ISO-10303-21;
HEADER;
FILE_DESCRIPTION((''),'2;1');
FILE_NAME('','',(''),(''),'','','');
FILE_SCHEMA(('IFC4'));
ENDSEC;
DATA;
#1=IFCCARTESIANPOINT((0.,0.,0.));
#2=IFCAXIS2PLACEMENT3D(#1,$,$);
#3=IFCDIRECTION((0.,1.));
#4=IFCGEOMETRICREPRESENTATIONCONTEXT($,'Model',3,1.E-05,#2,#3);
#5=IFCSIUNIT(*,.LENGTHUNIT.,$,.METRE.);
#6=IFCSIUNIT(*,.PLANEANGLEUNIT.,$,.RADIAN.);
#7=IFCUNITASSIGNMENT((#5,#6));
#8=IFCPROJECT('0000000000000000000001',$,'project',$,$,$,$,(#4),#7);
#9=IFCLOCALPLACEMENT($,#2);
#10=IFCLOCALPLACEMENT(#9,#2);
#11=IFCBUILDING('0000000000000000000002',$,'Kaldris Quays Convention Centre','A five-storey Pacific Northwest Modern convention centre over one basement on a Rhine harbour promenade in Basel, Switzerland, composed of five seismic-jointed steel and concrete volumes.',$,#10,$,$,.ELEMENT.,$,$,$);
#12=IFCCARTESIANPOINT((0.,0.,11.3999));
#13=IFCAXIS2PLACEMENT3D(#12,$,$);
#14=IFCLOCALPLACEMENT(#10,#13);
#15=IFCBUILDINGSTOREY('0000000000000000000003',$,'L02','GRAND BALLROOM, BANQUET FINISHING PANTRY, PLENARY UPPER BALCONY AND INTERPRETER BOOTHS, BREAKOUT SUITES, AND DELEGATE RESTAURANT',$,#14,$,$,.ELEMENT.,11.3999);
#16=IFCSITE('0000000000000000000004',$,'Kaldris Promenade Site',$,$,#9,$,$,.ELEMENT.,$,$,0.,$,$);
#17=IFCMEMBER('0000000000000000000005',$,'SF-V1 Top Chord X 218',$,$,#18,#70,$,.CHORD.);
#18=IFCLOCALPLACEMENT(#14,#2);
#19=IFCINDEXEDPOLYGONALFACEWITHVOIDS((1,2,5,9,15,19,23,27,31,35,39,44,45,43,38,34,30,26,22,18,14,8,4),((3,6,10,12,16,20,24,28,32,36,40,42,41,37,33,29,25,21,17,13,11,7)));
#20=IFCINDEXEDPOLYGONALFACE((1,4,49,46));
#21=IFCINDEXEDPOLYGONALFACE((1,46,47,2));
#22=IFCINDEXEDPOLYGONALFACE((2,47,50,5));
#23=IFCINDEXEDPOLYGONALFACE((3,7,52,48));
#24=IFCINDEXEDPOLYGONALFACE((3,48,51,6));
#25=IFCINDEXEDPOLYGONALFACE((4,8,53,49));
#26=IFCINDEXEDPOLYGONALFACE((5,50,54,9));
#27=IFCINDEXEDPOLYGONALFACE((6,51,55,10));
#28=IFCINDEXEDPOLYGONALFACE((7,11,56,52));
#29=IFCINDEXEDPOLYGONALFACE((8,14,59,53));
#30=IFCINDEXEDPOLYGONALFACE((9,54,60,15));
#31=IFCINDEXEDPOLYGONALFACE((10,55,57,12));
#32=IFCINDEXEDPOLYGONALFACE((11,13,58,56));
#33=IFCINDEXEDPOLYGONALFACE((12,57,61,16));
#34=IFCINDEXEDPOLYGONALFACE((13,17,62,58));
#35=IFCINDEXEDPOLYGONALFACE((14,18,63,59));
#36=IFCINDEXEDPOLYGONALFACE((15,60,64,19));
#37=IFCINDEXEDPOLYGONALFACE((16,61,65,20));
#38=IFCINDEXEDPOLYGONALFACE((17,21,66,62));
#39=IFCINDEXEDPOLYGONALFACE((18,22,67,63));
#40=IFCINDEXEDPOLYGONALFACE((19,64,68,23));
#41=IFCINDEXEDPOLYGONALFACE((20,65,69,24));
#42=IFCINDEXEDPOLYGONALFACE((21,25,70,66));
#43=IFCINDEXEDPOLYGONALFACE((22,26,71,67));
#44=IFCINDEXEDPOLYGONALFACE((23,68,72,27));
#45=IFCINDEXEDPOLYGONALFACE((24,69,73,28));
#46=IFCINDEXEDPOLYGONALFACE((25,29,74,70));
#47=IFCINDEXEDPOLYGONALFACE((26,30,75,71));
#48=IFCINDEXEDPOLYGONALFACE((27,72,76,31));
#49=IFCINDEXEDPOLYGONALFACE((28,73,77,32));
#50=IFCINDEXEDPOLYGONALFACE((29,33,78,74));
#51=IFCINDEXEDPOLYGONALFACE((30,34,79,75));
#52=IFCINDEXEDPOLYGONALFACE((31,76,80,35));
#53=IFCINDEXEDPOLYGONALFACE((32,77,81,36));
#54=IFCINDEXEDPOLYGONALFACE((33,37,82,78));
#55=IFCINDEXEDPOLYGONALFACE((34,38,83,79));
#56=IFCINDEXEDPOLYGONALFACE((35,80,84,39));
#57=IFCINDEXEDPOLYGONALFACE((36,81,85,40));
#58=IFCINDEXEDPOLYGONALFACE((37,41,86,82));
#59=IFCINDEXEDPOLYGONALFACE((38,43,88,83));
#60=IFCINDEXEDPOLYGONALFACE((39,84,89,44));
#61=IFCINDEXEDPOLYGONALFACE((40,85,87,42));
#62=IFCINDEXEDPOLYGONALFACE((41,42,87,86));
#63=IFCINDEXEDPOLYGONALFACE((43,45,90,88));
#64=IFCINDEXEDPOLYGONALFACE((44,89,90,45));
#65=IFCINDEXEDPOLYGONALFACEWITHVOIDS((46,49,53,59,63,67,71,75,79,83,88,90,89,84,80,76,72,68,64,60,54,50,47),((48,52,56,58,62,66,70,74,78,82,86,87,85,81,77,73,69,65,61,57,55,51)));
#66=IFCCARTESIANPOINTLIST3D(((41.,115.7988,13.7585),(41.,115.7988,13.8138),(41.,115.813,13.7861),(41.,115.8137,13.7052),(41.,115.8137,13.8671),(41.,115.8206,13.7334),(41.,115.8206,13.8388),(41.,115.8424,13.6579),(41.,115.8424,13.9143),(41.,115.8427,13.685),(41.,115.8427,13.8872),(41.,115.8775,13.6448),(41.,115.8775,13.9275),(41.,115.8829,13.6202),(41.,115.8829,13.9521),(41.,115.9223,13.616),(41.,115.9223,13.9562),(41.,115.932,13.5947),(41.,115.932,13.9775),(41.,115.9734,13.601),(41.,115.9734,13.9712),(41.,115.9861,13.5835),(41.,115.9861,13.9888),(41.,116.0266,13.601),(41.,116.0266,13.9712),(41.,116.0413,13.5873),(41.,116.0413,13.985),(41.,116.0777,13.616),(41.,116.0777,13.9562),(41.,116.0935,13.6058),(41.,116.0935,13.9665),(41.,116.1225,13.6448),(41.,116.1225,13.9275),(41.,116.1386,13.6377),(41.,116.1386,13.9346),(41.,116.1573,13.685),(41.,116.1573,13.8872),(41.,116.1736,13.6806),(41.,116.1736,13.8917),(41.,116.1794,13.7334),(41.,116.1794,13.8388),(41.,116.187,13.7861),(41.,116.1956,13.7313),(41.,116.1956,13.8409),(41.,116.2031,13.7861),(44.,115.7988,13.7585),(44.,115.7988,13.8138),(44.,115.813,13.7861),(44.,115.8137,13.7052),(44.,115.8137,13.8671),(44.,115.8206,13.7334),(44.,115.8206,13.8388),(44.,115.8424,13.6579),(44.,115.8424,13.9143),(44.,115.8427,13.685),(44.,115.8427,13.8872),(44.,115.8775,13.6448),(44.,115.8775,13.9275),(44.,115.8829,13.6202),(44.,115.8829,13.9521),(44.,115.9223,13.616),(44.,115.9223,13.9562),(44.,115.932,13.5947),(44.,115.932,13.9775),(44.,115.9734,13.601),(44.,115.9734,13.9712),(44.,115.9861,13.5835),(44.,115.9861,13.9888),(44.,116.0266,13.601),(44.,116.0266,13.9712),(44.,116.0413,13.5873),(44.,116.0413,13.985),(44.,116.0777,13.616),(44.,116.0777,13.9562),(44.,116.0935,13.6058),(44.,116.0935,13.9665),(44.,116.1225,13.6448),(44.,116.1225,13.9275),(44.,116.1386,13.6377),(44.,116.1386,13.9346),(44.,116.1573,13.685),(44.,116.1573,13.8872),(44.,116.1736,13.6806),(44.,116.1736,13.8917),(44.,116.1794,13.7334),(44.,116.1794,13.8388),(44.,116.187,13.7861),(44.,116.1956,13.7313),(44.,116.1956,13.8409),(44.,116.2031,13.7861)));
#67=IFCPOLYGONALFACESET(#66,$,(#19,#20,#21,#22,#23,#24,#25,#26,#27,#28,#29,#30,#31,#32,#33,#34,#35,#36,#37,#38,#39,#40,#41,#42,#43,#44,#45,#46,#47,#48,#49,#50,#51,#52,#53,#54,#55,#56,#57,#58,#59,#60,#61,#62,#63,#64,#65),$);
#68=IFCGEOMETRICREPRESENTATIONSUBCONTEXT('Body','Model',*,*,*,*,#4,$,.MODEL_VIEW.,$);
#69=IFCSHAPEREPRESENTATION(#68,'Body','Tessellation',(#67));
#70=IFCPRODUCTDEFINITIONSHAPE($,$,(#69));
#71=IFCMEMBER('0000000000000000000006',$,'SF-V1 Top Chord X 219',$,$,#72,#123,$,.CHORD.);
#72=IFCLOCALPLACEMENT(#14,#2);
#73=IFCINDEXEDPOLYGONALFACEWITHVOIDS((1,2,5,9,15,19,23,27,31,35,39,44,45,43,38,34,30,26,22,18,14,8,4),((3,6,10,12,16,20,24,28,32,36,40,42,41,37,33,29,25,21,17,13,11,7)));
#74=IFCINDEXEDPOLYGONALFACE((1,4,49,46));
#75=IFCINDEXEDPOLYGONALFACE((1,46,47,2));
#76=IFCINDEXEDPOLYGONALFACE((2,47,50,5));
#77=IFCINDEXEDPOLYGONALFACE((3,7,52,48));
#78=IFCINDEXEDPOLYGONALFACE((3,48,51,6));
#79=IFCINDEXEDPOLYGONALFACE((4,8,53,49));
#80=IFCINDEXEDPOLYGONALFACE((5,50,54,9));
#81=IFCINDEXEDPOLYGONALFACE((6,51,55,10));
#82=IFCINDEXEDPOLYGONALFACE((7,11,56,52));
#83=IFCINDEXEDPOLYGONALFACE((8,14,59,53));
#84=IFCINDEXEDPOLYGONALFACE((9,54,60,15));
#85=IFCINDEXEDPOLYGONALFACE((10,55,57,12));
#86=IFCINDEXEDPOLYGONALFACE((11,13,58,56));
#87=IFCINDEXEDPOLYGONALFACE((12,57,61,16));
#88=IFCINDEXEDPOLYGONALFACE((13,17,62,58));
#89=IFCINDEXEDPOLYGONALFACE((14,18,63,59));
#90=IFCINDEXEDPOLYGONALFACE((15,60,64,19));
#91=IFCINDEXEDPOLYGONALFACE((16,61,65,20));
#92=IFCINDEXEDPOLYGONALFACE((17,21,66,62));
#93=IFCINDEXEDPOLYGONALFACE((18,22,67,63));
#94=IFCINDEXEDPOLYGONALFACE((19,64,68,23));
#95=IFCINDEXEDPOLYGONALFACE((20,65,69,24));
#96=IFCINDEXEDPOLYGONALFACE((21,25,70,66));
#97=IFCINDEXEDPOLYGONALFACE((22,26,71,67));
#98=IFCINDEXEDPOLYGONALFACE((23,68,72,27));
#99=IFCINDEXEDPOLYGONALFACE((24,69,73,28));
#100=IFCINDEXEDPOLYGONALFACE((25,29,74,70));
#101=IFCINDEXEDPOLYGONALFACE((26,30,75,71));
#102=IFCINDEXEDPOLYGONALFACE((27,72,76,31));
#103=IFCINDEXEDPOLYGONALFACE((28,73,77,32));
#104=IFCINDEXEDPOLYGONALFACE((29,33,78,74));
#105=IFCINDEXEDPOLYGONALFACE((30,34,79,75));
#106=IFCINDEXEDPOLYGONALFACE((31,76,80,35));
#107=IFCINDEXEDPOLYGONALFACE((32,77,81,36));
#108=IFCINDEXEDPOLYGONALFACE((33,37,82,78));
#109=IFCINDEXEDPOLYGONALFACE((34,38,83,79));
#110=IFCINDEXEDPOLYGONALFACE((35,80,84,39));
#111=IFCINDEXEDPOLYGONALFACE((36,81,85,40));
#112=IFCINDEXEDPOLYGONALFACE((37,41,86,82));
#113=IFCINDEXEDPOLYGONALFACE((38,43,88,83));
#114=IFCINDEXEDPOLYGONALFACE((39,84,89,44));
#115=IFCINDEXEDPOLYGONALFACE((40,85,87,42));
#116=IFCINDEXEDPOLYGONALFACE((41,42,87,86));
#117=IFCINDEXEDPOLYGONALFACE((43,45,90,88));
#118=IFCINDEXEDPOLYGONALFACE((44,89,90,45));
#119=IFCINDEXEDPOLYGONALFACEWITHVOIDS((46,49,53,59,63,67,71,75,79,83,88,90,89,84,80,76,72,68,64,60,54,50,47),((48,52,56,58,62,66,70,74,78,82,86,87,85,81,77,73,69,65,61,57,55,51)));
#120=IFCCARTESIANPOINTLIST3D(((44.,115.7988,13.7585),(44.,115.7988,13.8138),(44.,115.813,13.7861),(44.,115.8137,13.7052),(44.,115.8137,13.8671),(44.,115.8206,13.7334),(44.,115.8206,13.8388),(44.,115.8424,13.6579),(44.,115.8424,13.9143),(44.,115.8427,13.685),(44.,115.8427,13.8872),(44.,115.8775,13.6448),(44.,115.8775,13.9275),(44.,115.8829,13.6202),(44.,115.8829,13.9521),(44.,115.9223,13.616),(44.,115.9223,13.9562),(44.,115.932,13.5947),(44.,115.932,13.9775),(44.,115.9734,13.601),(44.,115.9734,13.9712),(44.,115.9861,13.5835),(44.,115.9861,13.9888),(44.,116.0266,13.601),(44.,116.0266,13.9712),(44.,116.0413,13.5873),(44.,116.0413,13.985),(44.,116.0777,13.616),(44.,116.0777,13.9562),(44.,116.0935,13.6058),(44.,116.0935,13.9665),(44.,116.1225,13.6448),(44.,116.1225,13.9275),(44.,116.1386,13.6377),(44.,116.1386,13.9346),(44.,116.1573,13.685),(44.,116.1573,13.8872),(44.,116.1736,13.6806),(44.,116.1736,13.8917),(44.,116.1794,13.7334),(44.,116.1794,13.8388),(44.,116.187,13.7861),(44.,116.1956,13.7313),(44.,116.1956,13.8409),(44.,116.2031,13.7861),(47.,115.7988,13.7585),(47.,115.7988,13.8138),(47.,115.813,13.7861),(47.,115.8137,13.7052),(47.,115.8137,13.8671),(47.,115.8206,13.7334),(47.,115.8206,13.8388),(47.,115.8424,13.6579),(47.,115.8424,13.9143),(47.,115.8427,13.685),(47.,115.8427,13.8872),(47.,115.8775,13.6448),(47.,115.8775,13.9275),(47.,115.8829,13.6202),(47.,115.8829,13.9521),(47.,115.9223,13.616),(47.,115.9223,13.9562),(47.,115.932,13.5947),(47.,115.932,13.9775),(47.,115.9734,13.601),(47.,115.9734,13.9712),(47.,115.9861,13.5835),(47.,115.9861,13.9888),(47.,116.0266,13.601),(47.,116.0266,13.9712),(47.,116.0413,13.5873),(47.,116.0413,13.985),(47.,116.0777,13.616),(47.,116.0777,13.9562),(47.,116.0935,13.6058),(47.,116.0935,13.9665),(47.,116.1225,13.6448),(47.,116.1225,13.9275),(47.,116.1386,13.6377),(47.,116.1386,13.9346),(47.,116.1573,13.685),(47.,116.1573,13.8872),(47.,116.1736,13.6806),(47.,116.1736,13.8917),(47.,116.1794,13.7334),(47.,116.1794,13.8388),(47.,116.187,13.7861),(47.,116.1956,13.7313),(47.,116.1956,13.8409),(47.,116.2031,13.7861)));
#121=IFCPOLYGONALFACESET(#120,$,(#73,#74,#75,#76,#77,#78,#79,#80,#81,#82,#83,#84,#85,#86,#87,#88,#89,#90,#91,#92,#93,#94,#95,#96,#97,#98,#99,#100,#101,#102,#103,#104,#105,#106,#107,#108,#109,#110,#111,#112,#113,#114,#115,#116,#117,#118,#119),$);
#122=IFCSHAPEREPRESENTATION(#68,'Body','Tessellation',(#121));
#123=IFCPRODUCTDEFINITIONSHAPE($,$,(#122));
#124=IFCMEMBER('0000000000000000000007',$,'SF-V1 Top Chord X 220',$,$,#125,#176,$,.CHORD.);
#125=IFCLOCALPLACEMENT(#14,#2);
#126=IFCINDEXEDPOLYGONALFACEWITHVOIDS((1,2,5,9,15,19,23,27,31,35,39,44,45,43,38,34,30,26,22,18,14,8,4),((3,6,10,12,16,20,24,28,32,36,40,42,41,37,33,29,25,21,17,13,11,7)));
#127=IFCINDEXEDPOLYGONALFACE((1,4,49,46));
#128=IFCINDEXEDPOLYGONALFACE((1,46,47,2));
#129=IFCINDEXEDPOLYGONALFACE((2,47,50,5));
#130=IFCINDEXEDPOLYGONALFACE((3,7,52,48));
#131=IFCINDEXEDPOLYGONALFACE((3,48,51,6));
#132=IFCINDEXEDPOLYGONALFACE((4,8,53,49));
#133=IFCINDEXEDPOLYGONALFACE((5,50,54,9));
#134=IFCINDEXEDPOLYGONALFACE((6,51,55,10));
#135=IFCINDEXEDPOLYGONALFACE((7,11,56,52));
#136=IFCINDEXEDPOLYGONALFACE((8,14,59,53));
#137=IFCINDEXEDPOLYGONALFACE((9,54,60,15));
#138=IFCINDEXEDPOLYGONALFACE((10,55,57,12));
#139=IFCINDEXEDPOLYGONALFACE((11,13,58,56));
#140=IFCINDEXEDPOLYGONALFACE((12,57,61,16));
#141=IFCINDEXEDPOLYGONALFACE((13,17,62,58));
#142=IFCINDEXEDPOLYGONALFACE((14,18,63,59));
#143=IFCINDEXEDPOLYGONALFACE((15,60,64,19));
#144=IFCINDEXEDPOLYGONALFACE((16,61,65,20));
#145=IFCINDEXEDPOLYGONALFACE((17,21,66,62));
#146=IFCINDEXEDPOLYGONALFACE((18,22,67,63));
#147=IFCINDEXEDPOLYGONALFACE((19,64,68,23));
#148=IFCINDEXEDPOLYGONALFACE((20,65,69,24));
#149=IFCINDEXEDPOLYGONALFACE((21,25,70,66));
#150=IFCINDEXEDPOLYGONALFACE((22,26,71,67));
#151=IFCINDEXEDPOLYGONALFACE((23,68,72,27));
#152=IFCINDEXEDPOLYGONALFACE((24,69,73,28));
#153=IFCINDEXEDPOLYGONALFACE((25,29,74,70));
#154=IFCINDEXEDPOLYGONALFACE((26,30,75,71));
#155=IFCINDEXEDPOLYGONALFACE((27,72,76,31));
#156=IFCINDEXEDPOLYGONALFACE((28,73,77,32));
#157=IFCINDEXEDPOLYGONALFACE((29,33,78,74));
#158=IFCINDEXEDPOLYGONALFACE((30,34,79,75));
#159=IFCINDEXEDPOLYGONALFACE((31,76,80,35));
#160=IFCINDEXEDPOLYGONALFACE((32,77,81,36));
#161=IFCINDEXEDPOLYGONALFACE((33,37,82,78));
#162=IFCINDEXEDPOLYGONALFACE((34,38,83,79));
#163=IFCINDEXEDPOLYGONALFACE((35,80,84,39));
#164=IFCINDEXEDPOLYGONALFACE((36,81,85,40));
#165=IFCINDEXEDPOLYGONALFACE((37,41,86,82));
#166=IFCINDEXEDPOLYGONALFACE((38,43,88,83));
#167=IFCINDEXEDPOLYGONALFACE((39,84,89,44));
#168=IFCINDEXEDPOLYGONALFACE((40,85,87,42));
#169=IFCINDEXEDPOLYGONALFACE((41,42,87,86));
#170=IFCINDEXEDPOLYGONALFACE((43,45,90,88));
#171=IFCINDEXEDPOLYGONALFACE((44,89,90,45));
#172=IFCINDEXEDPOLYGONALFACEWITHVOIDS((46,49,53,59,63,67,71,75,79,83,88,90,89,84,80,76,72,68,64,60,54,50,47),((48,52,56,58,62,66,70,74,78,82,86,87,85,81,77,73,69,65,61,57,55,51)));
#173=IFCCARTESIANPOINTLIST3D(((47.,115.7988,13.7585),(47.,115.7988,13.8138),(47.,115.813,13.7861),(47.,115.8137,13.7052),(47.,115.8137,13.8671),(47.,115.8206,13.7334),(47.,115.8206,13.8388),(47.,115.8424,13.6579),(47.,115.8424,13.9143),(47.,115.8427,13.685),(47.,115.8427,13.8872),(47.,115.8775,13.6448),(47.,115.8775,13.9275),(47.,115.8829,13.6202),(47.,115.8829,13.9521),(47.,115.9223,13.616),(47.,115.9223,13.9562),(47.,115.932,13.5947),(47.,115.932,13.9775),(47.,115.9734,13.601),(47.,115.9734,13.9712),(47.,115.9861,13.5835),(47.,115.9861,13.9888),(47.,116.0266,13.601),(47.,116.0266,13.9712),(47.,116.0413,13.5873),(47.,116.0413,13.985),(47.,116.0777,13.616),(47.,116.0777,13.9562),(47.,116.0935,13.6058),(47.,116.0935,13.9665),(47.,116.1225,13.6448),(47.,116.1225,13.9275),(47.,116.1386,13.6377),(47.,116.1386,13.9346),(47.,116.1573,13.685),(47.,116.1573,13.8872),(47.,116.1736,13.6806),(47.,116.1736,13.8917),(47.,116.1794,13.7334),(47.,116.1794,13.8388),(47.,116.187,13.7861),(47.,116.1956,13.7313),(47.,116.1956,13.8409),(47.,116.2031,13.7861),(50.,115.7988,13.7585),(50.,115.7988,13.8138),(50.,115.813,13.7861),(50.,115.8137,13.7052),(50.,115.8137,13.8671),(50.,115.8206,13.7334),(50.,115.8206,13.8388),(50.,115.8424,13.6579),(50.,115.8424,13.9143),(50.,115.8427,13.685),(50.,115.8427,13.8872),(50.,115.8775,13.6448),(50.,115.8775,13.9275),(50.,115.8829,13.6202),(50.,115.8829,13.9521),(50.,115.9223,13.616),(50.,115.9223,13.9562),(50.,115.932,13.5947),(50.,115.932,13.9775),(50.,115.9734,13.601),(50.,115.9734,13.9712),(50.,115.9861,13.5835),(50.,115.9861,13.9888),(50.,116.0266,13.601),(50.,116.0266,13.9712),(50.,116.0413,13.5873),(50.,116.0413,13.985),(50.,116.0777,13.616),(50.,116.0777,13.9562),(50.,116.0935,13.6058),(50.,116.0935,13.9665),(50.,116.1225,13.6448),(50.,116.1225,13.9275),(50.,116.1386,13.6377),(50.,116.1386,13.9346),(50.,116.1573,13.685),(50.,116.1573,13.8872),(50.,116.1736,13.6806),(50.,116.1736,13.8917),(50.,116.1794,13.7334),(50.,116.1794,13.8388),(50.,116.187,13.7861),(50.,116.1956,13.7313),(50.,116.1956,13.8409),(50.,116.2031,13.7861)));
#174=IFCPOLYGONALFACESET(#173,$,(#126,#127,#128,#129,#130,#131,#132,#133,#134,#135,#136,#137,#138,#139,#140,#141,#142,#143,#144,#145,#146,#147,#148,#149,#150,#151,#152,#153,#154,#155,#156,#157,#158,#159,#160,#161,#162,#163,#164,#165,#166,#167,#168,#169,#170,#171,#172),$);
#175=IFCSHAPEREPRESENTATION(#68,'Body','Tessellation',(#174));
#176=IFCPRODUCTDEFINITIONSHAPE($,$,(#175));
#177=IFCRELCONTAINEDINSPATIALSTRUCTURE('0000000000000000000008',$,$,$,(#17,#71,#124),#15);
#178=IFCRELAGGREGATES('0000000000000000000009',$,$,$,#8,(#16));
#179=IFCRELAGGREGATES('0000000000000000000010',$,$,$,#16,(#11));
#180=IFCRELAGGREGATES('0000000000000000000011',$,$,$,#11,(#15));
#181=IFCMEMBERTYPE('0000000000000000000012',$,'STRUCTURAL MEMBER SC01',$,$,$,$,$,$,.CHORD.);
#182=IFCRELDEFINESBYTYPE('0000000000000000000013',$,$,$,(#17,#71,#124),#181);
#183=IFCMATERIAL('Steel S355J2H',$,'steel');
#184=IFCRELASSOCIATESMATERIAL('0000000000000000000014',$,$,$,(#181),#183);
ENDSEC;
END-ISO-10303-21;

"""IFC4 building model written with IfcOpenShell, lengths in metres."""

from ifc_helpers import new_model, si_unit, direction, frame, origin, origin_2d, place, context, subcontext, project, spatial, hollow_circle, extrude, material, material_profile, profile_set, type_object, element, save


model = new_model("IFC4")

# Units and contexts
model_context = context("Model", 3, precision=1e-05, world=origin(), true_north=direction((0.0, 1.0)))
body_context = subcontext(model_context, "Body", "Model", "MODEL_VIEW")
ifc_project = project(units=[si_unit("LENGTHUNIT", "METRE"), si_unit("PLANEANGLEUNIT", "RADIAN")], contexts=[model_context])

# Site, building, storey
site_placement = place(None, origin())
site = spatial("IfcSite", under=ifc_project, at=site_placement, Name="Kaldris Promenade Site", CompositionType="ELEMENT", RefElevation=0.0)
building_placement = place(site_placement, origin())
building = spatial("IfcBuilding", under=site, at=building_placement, Name="Kaldris Quays Convention Centre", Description="A five-storey Pacific Northwest Modern convention centre over one basement on a Rhine harbour promenade in Basel, Switzerland, composed of five seismic-jointed steel and concrete volumes.", CompositionType="ELEMENT")
storey_placement = place(building_placement, frame((0.0, 0.0, 11.3999)))
storey = spatial("IfcBuildingStorey", under=building, at=storey_placement, Name="L02", Description="GRAND BALLROOM, BANQUET FINISHING PANTRY, PLENARY UPPER BALCONY AND INTERPRETER BOOTHS, BREAKOUT SUITES, AND DELEGATE RESTAURANT", CompositionType="ELEMENT", Elevation=11.3999)

# Members
ifc_material = material(Name="Steel S355J2H", Category="steel")
ifc_material_profile_1 = material_profile(ifc_material, hollow_circle(Radius=0.2031, WallThickness=0.0161, at=origin_2d()), Name="CHS 406.4x16")
ifc_profile_set_1 = profile_set([ifc_material_profile_1], Name="Steel S355J2H")
member_type_1 = type_object("IfcMemberType", Name="STRUCTURAL MEMBER SC01", PredefinedType="CHORD", material=ifc_profile_set_1)
for number, where, z_axis, x_axis, name in (
    (1, (41.0, 116.0, 13.7861), (1.0, 0.0, 0.0), (0.0, 1.0, 0.0), "SF-V1 Top Chord X 218"),
    (2, (44.0, 116.0, 13.7861), (1.0, 0.0, 0.0), (0.0, 1.0, 0.0), "SF-V1 Top Chord X 219"),
    (3, (47.0, 116.0, 13.7861), (1.0, 0.0, 0.0), (0.0, 1.0, 0.0), "SF-V1 Top Chord X 220"),
):
    element("IfcMember", number, at=place(storey_placement, frame(where, z_axis=z_axis, x_axis=x_axis)), inside=storey, type_object=member_type_1, Name=name, PredefinedType="CHORD", context=body_context, shape_type="SweptSolid", body=[
        extrude(hollow_circle(Radius=0.2031, WallThickness=0.0161, at=origin_2d()), origin(), (0.0, 0.0, 1.0), 3.0),
    ])

save(model, "model.ifc")
